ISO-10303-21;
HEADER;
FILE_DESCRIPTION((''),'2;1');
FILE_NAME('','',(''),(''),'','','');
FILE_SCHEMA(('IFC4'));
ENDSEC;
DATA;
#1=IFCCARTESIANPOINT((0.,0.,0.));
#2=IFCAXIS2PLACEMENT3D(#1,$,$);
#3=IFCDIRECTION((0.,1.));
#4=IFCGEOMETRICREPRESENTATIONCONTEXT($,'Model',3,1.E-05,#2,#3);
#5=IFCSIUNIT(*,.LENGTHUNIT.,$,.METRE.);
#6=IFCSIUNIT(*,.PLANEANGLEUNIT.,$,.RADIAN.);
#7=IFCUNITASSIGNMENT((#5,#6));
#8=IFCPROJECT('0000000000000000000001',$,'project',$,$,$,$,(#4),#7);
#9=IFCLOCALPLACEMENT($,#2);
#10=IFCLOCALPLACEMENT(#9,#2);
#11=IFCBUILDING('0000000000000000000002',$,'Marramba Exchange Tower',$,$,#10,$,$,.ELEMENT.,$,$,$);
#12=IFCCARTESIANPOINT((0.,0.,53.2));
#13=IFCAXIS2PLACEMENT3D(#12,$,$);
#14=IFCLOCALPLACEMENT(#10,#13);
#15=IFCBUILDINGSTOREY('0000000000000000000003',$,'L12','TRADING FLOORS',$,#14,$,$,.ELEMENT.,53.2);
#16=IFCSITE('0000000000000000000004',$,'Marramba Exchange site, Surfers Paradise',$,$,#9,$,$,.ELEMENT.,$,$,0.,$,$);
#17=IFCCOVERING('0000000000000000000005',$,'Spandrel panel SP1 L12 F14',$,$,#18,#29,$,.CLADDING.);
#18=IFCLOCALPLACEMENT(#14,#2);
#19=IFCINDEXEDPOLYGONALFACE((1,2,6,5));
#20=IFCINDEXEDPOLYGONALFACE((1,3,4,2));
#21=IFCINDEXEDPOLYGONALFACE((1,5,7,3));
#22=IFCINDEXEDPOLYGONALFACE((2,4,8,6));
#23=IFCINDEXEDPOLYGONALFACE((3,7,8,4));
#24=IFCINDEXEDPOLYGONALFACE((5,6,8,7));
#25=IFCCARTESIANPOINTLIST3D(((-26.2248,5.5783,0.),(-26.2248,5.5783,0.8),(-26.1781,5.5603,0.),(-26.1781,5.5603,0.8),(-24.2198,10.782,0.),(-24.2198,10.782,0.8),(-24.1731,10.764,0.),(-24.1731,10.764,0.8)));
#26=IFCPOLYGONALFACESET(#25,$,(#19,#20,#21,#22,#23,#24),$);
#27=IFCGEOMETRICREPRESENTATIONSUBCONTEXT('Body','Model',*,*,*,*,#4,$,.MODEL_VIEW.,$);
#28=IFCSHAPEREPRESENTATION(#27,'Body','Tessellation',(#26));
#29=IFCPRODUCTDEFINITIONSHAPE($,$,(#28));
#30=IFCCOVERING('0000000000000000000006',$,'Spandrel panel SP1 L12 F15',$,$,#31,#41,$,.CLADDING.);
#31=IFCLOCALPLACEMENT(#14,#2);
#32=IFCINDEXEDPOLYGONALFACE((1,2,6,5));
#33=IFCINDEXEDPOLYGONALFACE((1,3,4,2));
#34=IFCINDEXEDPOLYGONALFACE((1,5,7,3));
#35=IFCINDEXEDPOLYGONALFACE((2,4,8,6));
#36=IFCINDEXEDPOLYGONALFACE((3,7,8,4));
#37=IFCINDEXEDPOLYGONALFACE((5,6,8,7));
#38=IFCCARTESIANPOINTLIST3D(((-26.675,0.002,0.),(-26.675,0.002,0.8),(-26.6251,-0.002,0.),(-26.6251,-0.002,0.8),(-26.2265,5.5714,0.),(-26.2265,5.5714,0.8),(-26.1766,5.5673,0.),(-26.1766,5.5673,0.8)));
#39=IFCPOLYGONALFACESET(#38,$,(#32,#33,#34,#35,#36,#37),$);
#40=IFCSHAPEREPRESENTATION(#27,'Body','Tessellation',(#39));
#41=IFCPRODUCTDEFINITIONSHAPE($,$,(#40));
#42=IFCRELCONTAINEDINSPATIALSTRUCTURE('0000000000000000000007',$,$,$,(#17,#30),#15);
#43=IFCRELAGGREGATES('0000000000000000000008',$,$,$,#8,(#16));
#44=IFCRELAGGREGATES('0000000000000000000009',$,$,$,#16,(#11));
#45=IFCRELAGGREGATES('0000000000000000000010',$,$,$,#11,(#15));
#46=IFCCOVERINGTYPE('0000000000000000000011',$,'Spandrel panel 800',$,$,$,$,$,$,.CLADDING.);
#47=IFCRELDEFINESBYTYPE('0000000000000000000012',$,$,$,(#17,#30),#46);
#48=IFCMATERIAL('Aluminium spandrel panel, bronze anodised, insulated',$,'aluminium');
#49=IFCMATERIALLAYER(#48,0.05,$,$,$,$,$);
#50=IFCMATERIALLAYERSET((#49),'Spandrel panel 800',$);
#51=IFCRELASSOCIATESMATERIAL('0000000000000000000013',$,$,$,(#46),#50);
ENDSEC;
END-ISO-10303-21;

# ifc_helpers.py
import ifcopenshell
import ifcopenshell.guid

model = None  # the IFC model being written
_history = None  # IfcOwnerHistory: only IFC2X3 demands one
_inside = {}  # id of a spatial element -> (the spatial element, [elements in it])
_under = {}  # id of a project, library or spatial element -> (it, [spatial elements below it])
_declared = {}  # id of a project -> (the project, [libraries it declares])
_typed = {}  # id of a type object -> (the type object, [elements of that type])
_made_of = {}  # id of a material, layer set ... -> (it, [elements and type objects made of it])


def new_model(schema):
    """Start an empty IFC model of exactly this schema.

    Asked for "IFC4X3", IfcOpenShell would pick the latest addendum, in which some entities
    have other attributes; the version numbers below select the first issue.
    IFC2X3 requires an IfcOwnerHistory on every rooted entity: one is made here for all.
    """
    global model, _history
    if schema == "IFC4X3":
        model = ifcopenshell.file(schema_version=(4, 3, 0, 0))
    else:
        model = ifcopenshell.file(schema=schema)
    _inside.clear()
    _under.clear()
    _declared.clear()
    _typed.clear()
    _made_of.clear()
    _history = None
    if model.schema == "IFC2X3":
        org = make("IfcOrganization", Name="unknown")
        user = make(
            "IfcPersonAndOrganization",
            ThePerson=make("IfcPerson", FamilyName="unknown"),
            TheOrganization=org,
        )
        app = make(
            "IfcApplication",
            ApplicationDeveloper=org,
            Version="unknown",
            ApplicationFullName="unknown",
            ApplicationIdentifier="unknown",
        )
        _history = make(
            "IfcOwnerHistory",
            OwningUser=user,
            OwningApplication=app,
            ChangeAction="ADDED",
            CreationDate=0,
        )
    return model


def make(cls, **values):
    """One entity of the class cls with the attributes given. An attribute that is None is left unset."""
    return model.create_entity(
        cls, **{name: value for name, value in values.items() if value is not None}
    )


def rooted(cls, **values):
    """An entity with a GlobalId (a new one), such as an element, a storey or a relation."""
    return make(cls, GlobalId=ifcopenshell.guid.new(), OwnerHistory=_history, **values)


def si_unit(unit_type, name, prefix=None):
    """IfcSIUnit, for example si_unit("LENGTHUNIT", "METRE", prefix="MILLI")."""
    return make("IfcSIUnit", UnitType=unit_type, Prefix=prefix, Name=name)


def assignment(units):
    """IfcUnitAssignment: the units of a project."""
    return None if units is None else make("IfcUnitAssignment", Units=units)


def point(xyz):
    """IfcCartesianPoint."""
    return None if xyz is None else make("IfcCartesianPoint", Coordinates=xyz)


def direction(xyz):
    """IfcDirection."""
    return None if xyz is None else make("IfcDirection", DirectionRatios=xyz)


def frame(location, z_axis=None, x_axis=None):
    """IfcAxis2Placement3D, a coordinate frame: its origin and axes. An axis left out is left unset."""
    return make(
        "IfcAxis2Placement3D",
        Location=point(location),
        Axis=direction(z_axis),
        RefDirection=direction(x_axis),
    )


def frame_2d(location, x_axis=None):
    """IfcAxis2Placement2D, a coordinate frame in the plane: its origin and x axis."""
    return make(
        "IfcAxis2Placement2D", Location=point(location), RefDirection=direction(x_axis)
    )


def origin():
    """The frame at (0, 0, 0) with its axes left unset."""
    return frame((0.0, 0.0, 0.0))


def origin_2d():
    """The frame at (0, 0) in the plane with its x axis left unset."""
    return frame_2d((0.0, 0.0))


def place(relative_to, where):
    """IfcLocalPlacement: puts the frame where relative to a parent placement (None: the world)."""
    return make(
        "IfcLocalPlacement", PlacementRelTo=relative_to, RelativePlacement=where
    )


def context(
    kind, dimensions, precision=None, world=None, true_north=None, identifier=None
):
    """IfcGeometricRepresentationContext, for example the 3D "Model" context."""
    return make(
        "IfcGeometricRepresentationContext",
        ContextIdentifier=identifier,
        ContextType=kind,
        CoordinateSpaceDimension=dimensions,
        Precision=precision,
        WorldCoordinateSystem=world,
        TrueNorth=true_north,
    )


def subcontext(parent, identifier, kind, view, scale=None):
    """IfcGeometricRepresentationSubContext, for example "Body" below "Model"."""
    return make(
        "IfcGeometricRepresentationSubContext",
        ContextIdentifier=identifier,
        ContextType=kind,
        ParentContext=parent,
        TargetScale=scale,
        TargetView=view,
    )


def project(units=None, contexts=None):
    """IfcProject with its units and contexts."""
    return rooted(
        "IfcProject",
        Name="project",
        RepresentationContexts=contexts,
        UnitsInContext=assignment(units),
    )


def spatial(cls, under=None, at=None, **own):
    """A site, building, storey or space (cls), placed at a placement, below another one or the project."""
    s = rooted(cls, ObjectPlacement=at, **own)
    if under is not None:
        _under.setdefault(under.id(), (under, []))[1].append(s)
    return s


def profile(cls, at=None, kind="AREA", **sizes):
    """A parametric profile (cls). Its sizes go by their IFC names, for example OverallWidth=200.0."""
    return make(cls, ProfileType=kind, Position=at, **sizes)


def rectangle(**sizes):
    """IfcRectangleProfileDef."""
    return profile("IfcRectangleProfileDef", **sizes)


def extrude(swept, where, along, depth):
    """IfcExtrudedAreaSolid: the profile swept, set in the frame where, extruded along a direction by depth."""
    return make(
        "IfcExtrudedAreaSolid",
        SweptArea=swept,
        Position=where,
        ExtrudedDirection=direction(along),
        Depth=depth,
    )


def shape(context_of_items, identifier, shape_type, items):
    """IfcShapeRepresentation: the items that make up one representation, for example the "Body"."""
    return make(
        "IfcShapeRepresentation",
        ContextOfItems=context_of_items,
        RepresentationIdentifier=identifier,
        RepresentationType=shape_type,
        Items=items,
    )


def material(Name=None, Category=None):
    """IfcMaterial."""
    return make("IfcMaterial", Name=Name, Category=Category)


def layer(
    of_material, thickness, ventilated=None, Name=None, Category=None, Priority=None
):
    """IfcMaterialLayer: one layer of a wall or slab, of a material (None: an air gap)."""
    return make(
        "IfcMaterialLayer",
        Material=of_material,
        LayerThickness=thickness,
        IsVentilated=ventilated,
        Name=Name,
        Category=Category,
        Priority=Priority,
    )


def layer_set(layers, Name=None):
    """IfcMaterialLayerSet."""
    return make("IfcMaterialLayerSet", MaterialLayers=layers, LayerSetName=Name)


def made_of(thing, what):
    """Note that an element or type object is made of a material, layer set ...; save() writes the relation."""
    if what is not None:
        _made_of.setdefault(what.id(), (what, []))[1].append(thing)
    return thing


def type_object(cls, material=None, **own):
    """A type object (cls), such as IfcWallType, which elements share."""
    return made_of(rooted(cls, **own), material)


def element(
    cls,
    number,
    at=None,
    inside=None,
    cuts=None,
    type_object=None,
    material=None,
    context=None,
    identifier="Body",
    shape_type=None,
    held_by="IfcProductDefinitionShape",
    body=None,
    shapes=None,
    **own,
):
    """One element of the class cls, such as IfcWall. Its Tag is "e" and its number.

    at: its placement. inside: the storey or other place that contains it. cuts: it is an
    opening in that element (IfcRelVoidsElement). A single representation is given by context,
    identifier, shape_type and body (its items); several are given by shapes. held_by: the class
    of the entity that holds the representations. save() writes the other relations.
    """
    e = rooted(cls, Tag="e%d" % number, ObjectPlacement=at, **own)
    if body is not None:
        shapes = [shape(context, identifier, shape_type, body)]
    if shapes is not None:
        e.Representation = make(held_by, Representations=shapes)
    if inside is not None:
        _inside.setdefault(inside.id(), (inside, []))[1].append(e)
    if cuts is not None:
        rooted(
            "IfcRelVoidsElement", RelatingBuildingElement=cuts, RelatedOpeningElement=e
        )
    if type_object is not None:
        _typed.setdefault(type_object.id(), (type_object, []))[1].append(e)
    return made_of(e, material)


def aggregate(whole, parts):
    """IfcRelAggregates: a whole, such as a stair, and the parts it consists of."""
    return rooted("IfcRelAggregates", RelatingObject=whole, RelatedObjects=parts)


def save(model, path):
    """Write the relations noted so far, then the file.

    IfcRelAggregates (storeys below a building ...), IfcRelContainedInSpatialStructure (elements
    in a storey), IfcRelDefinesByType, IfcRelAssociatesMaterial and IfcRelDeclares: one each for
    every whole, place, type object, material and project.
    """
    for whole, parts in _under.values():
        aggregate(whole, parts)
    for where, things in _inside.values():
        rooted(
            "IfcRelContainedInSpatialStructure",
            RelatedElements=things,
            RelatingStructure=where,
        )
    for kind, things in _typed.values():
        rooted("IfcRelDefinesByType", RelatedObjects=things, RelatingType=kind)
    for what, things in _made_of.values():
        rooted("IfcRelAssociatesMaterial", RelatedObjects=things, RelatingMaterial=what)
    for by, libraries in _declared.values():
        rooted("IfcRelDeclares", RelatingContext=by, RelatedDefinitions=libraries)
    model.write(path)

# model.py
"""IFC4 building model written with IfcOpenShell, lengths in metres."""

from ifc_helpers import new_model, si_unit, direction, frame, origin, origin_2d, place, context, subcontext, project, spatial, rectangle, extrude, material, layer, layer_set, type_object, element, save


model = new_model("IFC4")

# Units and contexts
model_context = context("Model", 3, precision=1e-05, world=origin(), true_north=direction((0.0, 1.0)))
body_context = subcontext(model_context, "Body", "Model", "MODEL_VIEW")
ifc_project = project(units=[si_unit("LENGTHUNIT", "METRE"), si_unit("PLANEANGLEUNIT", "RADIAN")], contexts=[model_context])

# Site, building, storey
site_placement = place(None, origin())
site = spatial("IfcSite", under=ifc_project, at=site_placement, Name="Marramba Exchange site, Surfers Paradise", CompositionType="ELEMENT", RefElevation=0.0)
building_placement = place(site_placement, origin())
building = spatial("IfcBuilding", under=site, at=building_placement, Name="Marramba Exchange Tower", CompositionType="ELEMENT")
storey_placement = place(building_placement, frame((0.0, 0.0, 53.2)))
storey = spatial("IfcBuildingStorey", under=building, at=storey_placement, Name="L12", Description="TRADING FLOORS", CompositionType="ELEMENT", Elevation=53.2)

# Coverings
ifc_material_1 = material(Name="Aluminium spandrel panel, bronze anodised, insulated", Category="aluminium")
ifc_layer_1 = layer(ifc_material_1, 0.05)
ifc_layer_set_1 = layer_set([ifc_layer_1], Name="Spandrel panel 800")
covering_type = type_object("IfcCoveringType", Name="Spandrel panel 800", PredefinedType="CLADDING", material=ifc_layer_set_1)
covering_1_placement = place(storey_placement, frame((-25.199, 8.1711, 0.0), z_axis=(0.0, 0.0, 1.0), x_axis=(-0.359526, -0.933135, 0.0)))
element("IfcCovering", 1, at=covering_1_placement, inside=storey, type_object=covering_type, Name="Spandrel panel SP1 L12 F14", PredefinedType="CLADDING", context=body_context, shape_type="SweptSolid", body=[
    extrude(rectangle(XDim=5.5767, YDim=0.05, at=origin_2d()), origin(), (0.0, 0.0, 1.0), 0.8),
])
covering_2_placement = place(storey_placement, frame((-26.4258, 2.7847, 0.0), z_axis=(0.0, 0.0, 1.0), x_axis=(-0.080275, -0.996773, 0.0)))
element("IfcCovering", 2, at=covering_2_placement, inside=storey, type_object=covering_type, Name="Spandrel panel SP1 L12 F15", PredefinedType="CLADDING", context=body_context, shape_type="SweptSolid", body=[
    extrude(rectangle(XDim=5.5874, YDim=0.05, at=origin_2d()), origin(), (0.0, 0.0, 1.0), 0.8),
])

save(model, "model.ifc")
